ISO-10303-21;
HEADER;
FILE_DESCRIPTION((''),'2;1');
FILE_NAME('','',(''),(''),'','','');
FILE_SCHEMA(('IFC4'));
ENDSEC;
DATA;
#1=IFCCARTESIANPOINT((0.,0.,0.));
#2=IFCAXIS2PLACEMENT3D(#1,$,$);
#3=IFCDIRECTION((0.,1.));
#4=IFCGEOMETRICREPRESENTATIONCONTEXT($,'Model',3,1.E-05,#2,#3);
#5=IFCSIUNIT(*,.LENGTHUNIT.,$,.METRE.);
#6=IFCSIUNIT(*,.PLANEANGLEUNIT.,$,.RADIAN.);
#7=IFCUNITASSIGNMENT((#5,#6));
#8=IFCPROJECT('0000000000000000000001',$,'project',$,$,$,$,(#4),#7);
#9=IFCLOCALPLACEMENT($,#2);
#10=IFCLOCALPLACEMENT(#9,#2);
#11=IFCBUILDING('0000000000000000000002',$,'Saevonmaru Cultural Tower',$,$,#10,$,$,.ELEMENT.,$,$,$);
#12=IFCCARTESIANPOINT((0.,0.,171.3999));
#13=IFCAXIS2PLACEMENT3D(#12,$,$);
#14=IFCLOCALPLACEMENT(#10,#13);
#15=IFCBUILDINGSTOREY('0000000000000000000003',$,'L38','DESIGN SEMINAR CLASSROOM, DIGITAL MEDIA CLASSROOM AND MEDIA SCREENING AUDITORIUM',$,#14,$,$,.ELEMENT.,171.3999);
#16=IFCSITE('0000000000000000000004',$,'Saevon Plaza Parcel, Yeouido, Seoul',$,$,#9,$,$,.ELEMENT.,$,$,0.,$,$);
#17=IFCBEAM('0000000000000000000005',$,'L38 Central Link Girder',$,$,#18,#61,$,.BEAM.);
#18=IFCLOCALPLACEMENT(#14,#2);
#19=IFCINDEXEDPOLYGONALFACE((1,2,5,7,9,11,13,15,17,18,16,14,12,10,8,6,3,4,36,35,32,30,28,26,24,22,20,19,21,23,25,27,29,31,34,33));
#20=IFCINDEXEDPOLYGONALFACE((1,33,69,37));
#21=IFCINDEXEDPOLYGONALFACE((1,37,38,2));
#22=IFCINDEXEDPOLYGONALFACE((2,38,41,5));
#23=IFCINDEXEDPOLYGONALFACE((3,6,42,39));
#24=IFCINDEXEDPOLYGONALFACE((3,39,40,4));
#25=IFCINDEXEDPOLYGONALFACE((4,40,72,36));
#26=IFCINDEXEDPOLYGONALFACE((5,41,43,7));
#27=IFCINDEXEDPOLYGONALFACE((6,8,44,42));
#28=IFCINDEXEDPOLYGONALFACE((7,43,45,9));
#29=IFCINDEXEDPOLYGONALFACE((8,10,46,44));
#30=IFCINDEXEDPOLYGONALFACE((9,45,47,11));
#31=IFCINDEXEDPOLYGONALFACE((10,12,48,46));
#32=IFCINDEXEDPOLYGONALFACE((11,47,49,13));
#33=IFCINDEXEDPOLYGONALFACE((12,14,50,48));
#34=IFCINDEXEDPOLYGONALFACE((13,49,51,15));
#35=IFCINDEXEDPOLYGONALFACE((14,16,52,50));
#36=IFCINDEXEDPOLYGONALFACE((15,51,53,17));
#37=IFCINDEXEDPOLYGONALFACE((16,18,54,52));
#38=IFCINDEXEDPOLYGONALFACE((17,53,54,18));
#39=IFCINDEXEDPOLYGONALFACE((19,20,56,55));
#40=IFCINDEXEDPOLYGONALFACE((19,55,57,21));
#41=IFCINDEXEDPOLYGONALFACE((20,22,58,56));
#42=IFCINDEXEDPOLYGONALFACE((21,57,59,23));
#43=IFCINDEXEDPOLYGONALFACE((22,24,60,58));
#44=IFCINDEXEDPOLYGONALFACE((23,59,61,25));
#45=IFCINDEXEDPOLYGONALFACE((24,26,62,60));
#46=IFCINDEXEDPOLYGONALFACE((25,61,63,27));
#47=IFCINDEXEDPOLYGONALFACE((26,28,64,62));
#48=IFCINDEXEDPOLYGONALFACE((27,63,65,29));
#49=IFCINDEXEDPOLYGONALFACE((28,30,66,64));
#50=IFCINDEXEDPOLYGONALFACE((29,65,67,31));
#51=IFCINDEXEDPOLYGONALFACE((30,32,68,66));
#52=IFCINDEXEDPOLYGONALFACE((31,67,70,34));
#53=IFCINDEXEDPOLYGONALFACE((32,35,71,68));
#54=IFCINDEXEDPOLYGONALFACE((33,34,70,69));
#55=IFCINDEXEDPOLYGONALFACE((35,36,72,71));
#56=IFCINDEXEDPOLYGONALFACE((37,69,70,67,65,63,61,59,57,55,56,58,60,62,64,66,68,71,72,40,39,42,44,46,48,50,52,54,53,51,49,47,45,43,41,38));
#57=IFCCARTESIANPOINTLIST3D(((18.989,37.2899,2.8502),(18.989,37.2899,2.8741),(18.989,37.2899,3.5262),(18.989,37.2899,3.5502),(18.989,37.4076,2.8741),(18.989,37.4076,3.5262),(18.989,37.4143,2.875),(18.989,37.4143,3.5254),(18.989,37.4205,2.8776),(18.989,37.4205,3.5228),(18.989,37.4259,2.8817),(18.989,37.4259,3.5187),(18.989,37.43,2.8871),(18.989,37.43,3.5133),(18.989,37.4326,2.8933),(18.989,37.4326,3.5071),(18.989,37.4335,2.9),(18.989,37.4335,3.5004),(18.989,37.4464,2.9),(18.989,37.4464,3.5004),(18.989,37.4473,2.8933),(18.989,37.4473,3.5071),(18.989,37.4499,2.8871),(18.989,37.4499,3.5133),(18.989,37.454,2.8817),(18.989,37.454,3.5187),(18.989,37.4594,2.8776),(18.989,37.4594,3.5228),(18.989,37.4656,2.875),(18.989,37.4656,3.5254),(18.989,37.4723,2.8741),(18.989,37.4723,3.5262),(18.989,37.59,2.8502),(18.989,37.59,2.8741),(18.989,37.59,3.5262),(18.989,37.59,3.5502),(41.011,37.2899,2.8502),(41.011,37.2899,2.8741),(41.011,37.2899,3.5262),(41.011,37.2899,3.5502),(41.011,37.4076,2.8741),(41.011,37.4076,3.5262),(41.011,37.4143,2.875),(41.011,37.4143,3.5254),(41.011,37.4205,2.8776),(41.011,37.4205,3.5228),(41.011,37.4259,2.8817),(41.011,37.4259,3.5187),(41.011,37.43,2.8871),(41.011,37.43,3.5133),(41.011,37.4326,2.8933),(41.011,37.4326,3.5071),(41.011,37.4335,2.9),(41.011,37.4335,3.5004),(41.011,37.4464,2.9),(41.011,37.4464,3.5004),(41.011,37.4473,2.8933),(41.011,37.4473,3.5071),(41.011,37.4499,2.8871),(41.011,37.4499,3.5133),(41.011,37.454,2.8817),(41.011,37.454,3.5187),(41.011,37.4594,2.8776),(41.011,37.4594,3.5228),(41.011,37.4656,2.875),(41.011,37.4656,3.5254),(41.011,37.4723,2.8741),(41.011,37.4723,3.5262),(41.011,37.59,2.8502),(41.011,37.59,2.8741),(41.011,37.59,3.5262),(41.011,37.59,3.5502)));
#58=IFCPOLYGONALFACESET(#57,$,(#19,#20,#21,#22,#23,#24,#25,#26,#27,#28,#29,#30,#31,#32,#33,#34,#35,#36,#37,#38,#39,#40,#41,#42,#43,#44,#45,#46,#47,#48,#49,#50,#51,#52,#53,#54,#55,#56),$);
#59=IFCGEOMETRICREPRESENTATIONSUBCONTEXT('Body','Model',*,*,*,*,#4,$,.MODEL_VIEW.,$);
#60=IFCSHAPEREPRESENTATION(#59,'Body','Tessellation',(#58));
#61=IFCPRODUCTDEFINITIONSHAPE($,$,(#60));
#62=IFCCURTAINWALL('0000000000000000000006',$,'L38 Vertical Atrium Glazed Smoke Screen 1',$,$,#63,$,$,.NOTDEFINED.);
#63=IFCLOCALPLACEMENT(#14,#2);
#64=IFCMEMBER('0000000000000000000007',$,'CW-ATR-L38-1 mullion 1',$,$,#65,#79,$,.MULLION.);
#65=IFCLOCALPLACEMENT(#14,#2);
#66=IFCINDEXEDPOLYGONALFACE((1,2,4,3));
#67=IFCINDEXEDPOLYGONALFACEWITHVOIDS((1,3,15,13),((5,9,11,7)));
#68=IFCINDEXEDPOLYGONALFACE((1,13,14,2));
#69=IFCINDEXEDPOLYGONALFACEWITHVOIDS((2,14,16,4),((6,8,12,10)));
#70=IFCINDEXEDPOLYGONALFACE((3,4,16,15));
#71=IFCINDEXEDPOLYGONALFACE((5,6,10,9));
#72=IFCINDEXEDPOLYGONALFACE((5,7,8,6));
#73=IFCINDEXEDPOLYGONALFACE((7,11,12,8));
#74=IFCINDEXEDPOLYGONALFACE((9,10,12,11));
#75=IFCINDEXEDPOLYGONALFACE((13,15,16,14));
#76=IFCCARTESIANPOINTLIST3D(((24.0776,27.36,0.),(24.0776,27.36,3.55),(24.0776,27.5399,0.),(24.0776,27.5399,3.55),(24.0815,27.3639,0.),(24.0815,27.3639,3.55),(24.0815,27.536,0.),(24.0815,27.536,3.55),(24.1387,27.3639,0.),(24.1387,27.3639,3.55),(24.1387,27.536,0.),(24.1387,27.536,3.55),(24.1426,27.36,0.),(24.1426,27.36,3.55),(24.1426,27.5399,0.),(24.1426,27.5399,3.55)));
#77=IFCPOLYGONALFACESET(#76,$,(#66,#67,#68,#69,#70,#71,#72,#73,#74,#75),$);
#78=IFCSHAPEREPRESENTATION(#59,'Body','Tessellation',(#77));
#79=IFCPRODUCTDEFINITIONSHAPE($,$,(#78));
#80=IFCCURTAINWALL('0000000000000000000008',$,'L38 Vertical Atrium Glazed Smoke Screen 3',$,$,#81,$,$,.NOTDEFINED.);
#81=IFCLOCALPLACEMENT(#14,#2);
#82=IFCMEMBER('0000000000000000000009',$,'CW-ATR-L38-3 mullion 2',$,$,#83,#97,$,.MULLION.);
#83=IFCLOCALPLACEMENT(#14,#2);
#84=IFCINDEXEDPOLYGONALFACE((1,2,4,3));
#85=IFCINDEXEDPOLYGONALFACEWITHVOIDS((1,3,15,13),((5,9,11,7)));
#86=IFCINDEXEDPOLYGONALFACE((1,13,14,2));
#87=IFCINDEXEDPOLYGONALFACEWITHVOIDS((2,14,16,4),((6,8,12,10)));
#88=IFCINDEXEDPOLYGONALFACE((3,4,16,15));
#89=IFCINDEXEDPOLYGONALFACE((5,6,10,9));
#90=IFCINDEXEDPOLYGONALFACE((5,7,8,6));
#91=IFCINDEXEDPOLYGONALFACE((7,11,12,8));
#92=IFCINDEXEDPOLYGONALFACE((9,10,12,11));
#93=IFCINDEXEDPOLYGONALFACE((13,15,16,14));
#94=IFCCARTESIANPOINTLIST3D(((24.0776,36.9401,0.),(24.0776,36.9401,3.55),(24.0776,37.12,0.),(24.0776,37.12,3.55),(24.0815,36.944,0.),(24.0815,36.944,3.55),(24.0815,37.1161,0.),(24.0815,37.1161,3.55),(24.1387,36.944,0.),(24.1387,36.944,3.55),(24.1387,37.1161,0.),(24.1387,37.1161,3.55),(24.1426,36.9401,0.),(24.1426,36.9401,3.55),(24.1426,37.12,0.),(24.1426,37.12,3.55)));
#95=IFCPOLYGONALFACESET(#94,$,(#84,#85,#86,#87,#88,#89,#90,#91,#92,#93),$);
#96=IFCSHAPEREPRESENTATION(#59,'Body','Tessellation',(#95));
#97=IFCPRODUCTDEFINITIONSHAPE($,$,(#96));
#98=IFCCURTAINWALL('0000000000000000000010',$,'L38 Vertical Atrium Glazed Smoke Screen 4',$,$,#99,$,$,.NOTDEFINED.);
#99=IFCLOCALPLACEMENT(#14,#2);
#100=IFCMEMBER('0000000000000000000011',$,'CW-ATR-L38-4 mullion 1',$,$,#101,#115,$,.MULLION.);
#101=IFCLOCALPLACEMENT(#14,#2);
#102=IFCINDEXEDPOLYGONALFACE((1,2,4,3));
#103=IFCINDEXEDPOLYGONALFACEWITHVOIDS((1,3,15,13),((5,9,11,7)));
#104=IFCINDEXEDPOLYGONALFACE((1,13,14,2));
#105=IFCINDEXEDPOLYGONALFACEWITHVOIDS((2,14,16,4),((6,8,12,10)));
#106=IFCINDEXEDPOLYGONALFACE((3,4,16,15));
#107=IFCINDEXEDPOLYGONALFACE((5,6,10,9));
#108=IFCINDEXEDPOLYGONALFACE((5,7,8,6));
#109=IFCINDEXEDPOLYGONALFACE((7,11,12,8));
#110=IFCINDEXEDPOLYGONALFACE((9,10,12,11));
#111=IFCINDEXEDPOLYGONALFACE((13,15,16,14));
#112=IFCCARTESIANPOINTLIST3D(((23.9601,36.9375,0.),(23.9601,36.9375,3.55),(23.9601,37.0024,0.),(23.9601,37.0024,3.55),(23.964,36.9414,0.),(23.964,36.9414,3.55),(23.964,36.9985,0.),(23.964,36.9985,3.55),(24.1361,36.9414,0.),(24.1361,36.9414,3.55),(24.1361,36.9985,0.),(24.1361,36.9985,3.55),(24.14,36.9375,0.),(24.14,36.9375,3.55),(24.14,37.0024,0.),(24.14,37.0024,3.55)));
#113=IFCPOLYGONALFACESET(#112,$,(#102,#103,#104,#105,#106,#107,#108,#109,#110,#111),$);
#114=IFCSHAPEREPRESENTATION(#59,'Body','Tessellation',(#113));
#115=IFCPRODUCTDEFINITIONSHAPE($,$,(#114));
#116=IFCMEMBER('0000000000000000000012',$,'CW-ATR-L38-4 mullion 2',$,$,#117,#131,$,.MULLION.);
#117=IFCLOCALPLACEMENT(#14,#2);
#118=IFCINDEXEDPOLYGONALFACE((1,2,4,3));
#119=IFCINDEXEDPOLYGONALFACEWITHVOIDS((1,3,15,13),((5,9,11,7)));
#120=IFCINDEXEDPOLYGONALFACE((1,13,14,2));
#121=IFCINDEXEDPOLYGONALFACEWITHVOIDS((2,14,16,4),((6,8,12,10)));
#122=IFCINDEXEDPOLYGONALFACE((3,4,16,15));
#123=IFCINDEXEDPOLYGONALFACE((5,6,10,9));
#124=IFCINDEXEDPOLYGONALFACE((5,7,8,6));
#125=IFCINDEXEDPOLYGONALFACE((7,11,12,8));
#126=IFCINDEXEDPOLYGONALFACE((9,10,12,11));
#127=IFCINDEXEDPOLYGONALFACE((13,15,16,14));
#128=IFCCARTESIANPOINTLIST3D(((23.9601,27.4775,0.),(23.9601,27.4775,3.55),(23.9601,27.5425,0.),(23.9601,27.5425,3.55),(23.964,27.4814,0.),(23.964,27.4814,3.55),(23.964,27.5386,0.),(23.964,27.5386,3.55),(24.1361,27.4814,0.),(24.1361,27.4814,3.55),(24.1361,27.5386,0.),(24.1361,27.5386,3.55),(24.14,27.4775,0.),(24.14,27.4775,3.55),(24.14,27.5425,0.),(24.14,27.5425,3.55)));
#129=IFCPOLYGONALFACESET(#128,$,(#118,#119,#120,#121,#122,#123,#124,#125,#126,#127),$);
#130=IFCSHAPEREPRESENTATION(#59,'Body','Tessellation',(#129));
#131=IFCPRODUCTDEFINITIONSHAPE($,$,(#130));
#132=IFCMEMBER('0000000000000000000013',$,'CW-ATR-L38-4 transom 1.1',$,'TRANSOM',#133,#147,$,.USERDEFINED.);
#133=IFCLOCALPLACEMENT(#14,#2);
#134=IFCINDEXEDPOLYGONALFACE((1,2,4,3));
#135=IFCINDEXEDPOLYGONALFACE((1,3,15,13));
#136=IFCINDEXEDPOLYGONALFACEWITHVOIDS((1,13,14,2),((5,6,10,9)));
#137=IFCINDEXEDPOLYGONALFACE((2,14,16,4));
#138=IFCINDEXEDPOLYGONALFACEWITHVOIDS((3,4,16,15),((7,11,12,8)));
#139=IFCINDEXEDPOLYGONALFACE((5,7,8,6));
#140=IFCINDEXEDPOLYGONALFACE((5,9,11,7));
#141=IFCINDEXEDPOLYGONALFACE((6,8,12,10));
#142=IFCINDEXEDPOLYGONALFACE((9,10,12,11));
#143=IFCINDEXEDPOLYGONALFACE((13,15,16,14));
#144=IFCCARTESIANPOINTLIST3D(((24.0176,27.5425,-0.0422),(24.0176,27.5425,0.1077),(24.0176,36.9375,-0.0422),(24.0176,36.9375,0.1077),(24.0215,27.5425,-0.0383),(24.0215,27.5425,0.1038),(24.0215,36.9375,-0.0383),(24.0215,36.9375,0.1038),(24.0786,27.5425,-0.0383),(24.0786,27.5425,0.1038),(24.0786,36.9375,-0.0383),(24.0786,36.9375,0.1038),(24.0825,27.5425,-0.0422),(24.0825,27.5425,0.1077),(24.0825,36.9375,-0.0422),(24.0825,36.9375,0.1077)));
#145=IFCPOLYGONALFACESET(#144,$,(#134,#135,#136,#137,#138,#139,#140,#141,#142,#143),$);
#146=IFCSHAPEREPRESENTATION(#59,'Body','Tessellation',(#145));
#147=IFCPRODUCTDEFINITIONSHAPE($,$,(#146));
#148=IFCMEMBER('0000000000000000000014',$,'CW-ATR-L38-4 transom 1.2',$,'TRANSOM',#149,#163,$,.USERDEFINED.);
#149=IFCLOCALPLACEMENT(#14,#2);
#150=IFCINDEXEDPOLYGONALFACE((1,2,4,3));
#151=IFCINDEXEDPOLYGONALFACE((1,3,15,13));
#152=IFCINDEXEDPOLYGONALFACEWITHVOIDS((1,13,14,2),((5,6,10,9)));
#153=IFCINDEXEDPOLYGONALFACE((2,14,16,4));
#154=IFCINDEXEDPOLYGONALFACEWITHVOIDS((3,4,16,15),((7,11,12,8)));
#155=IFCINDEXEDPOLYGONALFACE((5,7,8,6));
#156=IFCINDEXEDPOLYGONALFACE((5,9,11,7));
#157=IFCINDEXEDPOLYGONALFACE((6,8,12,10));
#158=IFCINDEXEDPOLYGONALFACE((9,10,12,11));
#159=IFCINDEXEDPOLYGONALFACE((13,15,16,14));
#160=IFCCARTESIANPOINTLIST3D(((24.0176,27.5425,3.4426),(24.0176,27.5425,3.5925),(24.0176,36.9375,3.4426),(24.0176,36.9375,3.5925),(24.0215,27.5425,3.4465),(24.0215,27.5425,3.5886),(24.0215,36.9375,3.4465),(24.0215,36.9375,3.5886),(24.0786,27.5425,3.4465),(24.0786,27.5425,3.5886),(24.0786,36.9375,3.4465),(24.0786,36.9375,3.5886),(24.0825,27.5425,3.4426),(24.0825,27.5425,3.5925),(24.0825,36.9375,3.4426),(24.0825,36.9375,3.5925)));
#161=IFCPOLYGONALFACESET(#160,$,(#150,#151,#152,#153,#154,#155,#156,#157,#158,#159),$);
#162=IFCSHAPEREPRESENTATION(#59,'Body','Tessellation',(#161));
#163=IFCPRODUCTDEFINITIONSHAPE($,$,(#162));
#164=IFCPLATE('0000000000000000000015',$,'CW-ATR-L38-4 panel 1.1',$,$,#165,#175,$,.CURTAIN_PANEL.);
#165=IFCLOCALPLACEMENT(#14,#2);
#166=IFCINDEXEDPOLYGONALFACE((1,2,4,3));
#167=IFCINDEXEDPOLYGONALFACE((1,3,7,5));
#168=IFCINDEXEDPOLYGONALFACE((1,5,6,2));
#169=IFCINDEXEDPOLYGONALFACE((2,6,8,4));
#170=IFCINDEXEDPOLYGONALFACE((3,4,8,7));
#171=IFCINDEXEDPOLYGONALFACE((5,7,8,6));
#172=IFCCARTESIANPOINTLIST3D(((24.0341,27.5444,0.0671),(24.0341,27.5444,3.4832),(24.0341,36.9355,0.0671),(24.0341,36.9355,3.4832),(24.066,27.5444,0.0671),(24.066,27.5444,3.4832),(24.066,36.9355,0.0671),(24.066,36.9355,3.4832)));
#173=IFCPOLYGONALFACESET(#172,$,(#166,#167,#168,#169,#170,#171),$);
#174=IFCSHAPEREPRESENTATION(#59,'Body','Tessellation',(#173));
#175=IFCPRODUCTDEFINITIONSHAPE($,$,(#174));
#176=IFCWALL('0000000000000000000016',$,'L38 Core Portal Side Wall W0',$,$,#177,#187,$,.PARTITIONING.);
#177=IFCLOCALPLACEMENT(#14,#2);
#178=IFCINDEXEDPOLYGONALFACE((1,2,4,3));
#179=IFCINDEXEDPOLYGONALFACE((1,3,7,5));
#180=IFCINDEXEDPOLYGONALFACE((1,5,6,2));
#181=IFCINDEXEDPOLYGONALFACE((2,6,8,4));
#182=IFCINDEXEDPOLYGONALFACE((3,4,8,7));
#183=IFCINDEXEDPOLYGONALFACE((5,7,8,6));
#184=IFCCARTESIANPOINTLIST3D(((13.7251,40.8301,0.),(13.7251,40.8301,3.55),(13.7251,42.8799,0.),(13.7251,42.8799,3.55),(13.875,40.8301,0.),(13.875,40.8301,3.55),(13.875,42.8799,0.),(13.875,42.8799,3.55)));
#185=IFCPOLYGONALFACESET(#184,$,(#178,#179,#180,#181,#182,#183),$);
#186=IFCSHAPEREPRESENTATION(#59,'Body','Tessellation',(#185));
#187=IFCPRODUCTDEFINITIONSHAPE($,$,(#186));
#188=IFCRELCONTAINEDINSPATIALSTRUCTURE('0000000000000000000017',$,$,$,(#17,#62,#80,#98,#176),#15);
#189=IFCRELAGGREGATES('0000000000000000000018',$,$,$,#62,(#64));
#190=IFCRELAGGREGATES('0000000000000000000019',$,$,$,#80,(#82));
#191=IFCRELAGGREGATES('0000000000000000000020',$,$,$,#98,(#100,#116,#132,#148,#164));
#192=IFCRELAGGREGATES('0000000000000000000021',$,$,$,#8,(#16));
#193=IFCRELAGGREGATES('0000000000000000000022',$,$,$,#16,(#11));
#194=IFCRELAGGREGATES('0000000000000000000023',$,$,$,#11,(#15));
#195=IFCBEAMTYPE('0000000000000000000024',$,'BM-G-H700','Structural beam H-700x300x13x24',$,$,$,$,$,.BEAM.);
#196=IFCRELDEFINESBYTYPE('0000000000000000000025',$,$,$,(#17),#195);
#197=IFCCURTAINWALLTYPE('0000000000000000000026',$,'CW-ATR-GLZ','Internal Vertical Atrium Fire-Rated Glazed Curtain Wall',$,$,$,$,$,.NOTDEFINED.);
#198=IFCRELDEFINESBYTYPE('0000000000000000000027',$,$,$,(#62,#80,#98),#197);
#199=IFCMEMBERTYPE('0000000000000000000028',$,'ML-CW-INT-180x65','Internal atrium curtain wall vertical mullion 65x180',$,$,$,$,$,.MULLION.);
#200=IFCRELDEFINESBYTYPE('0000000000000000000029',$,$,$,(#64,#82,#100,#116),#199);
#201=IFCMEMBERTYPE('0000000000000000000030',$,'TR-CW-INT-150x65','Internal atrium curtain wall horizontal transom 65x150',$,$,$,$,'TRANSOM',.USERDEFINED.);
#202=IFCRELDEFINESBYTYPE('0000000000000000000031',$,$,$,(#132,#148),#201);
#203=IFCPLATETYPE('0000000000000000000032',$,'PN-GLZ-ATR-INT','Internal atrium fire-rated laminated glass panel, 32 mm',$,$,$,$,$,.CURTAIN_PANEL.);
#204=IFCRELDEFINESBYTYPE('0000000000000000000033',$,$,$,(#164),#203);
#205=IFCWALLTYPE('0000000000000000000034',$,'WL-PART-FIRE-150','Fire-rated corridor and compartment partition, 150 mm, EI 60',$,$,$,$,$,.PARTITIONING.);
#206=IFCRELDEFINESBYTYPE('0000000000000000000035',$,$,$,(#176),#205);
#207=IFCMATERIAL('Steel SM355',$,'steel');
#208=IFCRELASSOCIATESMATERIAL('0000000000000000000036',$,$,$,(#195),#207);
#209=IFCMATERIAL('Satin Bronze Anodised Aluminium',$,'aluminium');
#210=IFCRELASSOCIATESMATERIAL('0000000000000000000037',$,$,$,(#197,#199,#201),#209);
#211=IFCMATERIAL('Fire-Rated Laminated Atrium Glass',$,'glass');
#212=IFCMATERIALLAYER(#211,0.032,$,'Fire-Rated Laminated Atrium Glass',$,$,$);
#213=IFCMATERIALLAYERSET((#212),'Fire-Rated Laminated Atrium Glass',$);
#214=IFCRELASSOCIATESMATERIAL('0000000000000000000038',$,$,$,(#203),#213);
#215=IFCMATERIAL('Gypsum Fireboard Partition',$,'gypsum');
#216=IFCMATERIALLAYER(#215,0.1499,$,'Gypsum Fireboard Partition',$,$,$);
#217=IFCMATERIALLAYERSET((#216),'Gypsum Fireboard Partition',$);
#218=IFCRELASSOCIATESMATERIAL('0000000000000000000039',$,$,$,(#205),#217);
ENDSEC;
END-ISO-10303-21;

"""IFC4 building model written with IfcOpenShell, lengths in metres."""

from ifc_helpers import new_model, si_unit, direction, frame, frame_2d, origin, origin_2d, place, context, subcontext, project, spatial, rectangle, hollow_rectangle, i_section, extrude, material, layer, layer_set, material_profile, profile_set, type_object, element, aggregate, save


model = new_model("IFC4")

# Units and contexts
model_context = context("Model", 3, precision=1e-05, world=origin(), true_north=direction((0.0, 1.0)))
body_context = subcontext(model_context, "Body", "Model", "MODEL_VIEW")
ifc_project = project(units=[si_unit("LENGTHUNIT", "METRE"), si_unit("PLANEANGLEUNIT", "RADIAN")], contexts=[model_context])

# Site, building, storey
site_placement = place(None, origin())
site = spatial("IfcSite", under=ifc_project, at=site_placement, Name="Saevon Plaza Parcel, Yeouido, Seoul", CompositionType="ELEMENT", RefElevation=0.0)
building_placement = place(site_placement, origin())
building = spatial("IfcBuilding", under=site, at=building_placement, Name="Saevonmaru Cultural Tower", CompositionType="ELEMENT")
storey_placement = place(building_placement, frame((0.0, 0.0, 171.3999)))
storey = spatial("IfcBuildingStorey", under=building, at=storey_placement, Name="L38", Description="DESIGN SEMINAR CLASSROOM, DIGITAL MEDIA CLASSROOM AND MEDIA SCREENING AUDITORIUM", CompositionType="ELEMENT", Elevation=171.3999)

# Shared definitions
ifc_material_1 = material(Name="Steel SM355", Category="steel")

# Beam
ifc_material_profile_1 = material_profile(ifc_material_1, i_section(OverallWidth=0.3, OverallDepth=0.7, WebThickness=0.0129, FlangeThickness=0.0239, FilletRadius=0.0259, at=origin_2d()), Name="H-700x300x13x24")
ifc_profile_set_1 = profile_set([ifc_material_profile_1], Name="Steel SM355")
beam_type = type_object("IfcBeamType", Name="BM-G-H700", Description="Structural beam H-700x300x13x24", PredefinedType="BEAM", material=ifc_profile_set_1)
beam_1_placement = place(storey_placement, frame((18.989, 37.4399, 3.2002), z_axis=(1.0, 0.0, 0.0), x_axis=(0.0, 1.0, 0.0)))
element("IfcBeam", 1, at=beam_1_placement, inside=storey, type_object=beam_type, Name="L38 Central Link Girder", PredefinedType="BEAM", context=body_context, shape_type="SweptSolid", body=[
    extrude(i_section(OverallWidth=0.3, OverallDepth=0.7, WebThickness=0.0129, FlangeThickness=0.0239, FilletRadius=0.0259, at=origin_2d()), origin(), (0.0, 0.0, 1.0), 22.022),
])

# Curtain walls, members
ifc_material_2 = material(Name="Satin Bronze Anodised Aluminium", Category="aluminium")
curtain_wall_type = type_object("IfcCurtainWallType", Name="CW-ATR-GLZ", Description="Internal Vertical Atrium Fire-Rated Glazed Curtain Wall", PredefinedType="NOTDEFINED", material=ifc_material_2)
curtain_wall_1_placement = place(storey_placement, origin())
curtain_wall_1 = element("IfcCurtainWall", 2, at=curtain_wall_1_placement, inside=storey, type_object=curtain_wall_type, Name="L38 Vertical Atrium Glazed Smoke Screen 1", PredefinedType="NOTDEFINED")
ifc_material_profile_2 = material_profile(ifc_material_2, hollow_rectangle(XDim=0.0649, YDim=0.1799, WallThickness=0.0039, at=origin_2d()), Name="ALU-MULL-180x65x4")
ifc_profile_set_2 = profile_set([ifc_material_profile_2], Name="Satin Bronze Anodised Aluminium")
member_type_1 = type_object("IfcMemberType", Name="ML-CW-INT-180x65", Description="Internal atrium curtain wall vertical mullion 65x180", PredefinedType="MULLION", material=ifc_profile_set_2)
member_1_placement = place(storey_placement, frame((24.1101, 27.45, 0.0), z_axis=(0.0, 0.0, 1.0), x_axis=(1.0, 0.0, 0.0)))
member_1 = element("IfcMember", 3, at=member_1_placement, type_object=member_type_1, Name="CW-ATR-L38-1 mullion 1", PredefinedType="MULLION", context=body_context, shape_type="SweptSolid", body=[
    extrude(hollow_rectangle(XDim=0.0649, YDim=0.1799, WallThickness=0.0039, at=origin_2d()), origin(), (0.0, 0.0, 1.0), 3.55),
])
aggregate(curtain_wall_1, [member_1])
curtain_wall_2_placement = place(storey_placement, origin())
curtain_wall_2 = element("IfcCurtainWall", 4, at=curtain_wall_2_placement, inside=storey, type_object=curtain_wall_type, Name="L38 Vertical Atrium Glazed Smoke Screen 3", PredefinedType="NOTDEFINED")
member_2_placement = place(storey_placement, frame((24.1101, 37.03, 0.0), z_axis=(0.0, 0.0, 1.0), x_axis=(-1.0, 0.0, 0.0)))
member_2 = element("IfcMember", 5, at=member_2_placement, type_object=member_type_1, Name="CW-ATR-L38-3 mullion 2", PredefinedType="MULLION", context=body_context, shape_type="SweptSolid", body=[
    extrude(hollow_rectangle(XDim=0.0649, YDim=0.1799, WallThickness=0.0039, at=origin_2d()), origin(), (0.0, 0.0, 1.0), 3.55),
])
aggregate(curtain_wall_2, [member_2])

# Curtain wall, members, plate
curtain_wall_3_placement = place(storey_placement, origin())
curtain_wall_3 = element("IfcCurtainWall", 6, at=curtain_wall_3_placement, inside=storey, type_object=curtain_wall_type, Name="L38 Vertical Atrium Glazed Smoke Screen 4", PredefinedType="NOTDEFINED")
member_3_placement = place(storey_placement, frame((24.05, 36.97, 0.0), z_axis=(0.0, 0.0, 1.0), x_axis=(0.0, -1.0, 0.0)))
member_3 = element("IfcMember", 7, at=member_3_placement, type_object=member_type_1, Name="CW-ATR-L38-4 mullion 1", PredefinedType="MULLION", context=body_context, shape_type="SweptSolid", body=[
    extrude(hollow_rectangle(XDim=0.0649, YDim=0.1799, WallThickness=0.0039, at=origin_2d()), origin(), (0.0, 0.0, 1.0), 3.55),
])
member_4_placement = place(storey_placement, frame((24.05, 27.51, 0.0), z_axis=(0.0, 0.0, 1.0), x_axis=(0.0, -1.0, 0.0)))
member_4 = element("IfcMember", 8, at=member_4_placement, type_object=member_type_1, Name="CW-ATR-L38-4 mullion 2", PredefinedType="MULLION", context=body_context, shape_type="SweptSolid", body=[
    extrude(hollow_rectangle(XDim=0.0649, YDim=0.1799, WallThickness=0.0039, at=origin_2d()), origin(), (0.0, 0.0, 1.0), 3.55),
])
ifc_material_profile_3 = material_profile(ifc_material_2, hollow_rectangle(XDim=0.0649, YDim=0.1499, WallThickness=0.0039, at=origin_2d()), Name="ALU-TRAN-150x65x4")
ifc_profile_set_3 = profile_set([ifc_material_profile_3], Name="Satin Bronze Anodised Aluminium")
member_type_2 = type_object("IfcMemberType", Name="TR-CW-INT-150x65", Description="Internal atrium curtain wall horizontal transom 65x150", ElementType="TRANSOM", PredefinedType="USERDEFINED", material=ifc_profile_set_3)
member_5_placement = place(storey_placement, frame((24.05, 36.9375, 0.0327), z_axis=(0.0, -1.0, 0.0), x_axis=(1.0, 0.0, 0.0)))
member_5 = element("IfcMember", 9, at=member_5_placement, type_object=member_type_2, Name="CW-ATR-L38-4 transom 1.1", ObjectType="TRANSOM", PredefinedType="USERDEFINED", context=body_context, shape_type="SweptSolid", body=[
    extrude(hollow_rectangle(XDim=0.0649, YDim=0.1499, WallThickness=0.0039, at=origin_2d()), origin(), (0.0, 0.0, 1.0), 9.395),
])
member_6_placement = place(storey_placement, frame((24.05, 36.9375, 3.5176), z_axis=(0.0, -1.0, 0.0), x_axis=(1.0, 0.0, 0.0)))
member_6 = element("IfcMember", 10, at=member_6_placement, type_object=member_type_2, Name="CW-ATR-L38-4 transom 1.2", ObjectType="TRANSOM", PredefinedType="USERDEFINED", context=body_context, shape_type="SweptSolid", body=[
    extrude(hollow_rectangle(XDim=0.0649, YDim=0.1499, WallThickness=0.0039, at=origin_2d()), origin(), (0.0, 0.0, 1.0), 9.395),
])
ifc_material_3 = material(Name="Fire-Rated Laminated Atrium Glass", Category="glass")
ifc_layer_1 = layer(ifc_material_3, 0.032, Name="Fire-Rated Laminated Atrium Glass")
ifc_layer_set_1 = layer_set([ifc_layer_1], Name="Fire-Rated Laminated Atrium Glass")
plate_type = type_object("IfcPlateType", Name="PN-GLZ-ATR-INT", Description="Internal atrium fire-rated laminated glass panel, 32 mm", PredefinedType="CURTAIN_PANEL", material=ifc_layer_set_1)
plate_placement = place(storey_placement, frame((24.05, 32.24, 0.0671), z_axis=(0.0, 0.0, 1.0), x_axis=(0.0, -1.0, 0.0)))
plate = element("IfcPlate", 11, at=plate_placement, type_object=plate_type, Name="CW-ATR-L38-4 panel 1.1", PredefinedType="CURTAIN_PANEL", context=body_context, shape_type="SweptSolid", body=[
    extrude(rectangle(XDim=9.3911, YDim=0.032, at=origin_2d()), origin(), (0.0, 0.0, 1.0), 3.416),
])
aggregate(curtain_wall_3, [member_3, member_4, member_5, member_6, plate])

# Wall
ifc_material_4 = material(Name="Gypsum Fireboard Partition", Category="gypsum")
ifc_layer_2 = layer(ifc_material_4, 0.1499, Name="Gypsum Fireboard Partition")
ifc_layer_set_2 = layer_set([ifc_layer_2], Name="Gypsum Fireboard Partition")
wall_type_1 = type_object("IfcWallType", Name="WL-PART-FIRE-150", Description="Fire-rated corridor and compartment partition, 150 mm, EI 60", PredefinedType="PARTITIONING", material=ifc_layer_set_2)
wall_1_placement = place(storey_placement, frame((13.8, 40.8301, 0.0), z_axis=(0.0, 0.0, 1.0), x_axis=(0.0, 1.0, 0.0)))
element("IfcWall", 12, at=wall_1_placement, inside=storey, type_object=wall_type_1, Name="L38 Core Portal Side Wall W0", PredefinedType="PARTITIONING", context=body_context, shape_type="SweptSolid", body=[
    extrude(rectangle(XDim=2.0498, YDim=0.1499, at=frame_2d((1.0249, 0.0))), origin(), (0.0, 0.0, 1.0), 3.55),
])

save(model, "model.ifc")
